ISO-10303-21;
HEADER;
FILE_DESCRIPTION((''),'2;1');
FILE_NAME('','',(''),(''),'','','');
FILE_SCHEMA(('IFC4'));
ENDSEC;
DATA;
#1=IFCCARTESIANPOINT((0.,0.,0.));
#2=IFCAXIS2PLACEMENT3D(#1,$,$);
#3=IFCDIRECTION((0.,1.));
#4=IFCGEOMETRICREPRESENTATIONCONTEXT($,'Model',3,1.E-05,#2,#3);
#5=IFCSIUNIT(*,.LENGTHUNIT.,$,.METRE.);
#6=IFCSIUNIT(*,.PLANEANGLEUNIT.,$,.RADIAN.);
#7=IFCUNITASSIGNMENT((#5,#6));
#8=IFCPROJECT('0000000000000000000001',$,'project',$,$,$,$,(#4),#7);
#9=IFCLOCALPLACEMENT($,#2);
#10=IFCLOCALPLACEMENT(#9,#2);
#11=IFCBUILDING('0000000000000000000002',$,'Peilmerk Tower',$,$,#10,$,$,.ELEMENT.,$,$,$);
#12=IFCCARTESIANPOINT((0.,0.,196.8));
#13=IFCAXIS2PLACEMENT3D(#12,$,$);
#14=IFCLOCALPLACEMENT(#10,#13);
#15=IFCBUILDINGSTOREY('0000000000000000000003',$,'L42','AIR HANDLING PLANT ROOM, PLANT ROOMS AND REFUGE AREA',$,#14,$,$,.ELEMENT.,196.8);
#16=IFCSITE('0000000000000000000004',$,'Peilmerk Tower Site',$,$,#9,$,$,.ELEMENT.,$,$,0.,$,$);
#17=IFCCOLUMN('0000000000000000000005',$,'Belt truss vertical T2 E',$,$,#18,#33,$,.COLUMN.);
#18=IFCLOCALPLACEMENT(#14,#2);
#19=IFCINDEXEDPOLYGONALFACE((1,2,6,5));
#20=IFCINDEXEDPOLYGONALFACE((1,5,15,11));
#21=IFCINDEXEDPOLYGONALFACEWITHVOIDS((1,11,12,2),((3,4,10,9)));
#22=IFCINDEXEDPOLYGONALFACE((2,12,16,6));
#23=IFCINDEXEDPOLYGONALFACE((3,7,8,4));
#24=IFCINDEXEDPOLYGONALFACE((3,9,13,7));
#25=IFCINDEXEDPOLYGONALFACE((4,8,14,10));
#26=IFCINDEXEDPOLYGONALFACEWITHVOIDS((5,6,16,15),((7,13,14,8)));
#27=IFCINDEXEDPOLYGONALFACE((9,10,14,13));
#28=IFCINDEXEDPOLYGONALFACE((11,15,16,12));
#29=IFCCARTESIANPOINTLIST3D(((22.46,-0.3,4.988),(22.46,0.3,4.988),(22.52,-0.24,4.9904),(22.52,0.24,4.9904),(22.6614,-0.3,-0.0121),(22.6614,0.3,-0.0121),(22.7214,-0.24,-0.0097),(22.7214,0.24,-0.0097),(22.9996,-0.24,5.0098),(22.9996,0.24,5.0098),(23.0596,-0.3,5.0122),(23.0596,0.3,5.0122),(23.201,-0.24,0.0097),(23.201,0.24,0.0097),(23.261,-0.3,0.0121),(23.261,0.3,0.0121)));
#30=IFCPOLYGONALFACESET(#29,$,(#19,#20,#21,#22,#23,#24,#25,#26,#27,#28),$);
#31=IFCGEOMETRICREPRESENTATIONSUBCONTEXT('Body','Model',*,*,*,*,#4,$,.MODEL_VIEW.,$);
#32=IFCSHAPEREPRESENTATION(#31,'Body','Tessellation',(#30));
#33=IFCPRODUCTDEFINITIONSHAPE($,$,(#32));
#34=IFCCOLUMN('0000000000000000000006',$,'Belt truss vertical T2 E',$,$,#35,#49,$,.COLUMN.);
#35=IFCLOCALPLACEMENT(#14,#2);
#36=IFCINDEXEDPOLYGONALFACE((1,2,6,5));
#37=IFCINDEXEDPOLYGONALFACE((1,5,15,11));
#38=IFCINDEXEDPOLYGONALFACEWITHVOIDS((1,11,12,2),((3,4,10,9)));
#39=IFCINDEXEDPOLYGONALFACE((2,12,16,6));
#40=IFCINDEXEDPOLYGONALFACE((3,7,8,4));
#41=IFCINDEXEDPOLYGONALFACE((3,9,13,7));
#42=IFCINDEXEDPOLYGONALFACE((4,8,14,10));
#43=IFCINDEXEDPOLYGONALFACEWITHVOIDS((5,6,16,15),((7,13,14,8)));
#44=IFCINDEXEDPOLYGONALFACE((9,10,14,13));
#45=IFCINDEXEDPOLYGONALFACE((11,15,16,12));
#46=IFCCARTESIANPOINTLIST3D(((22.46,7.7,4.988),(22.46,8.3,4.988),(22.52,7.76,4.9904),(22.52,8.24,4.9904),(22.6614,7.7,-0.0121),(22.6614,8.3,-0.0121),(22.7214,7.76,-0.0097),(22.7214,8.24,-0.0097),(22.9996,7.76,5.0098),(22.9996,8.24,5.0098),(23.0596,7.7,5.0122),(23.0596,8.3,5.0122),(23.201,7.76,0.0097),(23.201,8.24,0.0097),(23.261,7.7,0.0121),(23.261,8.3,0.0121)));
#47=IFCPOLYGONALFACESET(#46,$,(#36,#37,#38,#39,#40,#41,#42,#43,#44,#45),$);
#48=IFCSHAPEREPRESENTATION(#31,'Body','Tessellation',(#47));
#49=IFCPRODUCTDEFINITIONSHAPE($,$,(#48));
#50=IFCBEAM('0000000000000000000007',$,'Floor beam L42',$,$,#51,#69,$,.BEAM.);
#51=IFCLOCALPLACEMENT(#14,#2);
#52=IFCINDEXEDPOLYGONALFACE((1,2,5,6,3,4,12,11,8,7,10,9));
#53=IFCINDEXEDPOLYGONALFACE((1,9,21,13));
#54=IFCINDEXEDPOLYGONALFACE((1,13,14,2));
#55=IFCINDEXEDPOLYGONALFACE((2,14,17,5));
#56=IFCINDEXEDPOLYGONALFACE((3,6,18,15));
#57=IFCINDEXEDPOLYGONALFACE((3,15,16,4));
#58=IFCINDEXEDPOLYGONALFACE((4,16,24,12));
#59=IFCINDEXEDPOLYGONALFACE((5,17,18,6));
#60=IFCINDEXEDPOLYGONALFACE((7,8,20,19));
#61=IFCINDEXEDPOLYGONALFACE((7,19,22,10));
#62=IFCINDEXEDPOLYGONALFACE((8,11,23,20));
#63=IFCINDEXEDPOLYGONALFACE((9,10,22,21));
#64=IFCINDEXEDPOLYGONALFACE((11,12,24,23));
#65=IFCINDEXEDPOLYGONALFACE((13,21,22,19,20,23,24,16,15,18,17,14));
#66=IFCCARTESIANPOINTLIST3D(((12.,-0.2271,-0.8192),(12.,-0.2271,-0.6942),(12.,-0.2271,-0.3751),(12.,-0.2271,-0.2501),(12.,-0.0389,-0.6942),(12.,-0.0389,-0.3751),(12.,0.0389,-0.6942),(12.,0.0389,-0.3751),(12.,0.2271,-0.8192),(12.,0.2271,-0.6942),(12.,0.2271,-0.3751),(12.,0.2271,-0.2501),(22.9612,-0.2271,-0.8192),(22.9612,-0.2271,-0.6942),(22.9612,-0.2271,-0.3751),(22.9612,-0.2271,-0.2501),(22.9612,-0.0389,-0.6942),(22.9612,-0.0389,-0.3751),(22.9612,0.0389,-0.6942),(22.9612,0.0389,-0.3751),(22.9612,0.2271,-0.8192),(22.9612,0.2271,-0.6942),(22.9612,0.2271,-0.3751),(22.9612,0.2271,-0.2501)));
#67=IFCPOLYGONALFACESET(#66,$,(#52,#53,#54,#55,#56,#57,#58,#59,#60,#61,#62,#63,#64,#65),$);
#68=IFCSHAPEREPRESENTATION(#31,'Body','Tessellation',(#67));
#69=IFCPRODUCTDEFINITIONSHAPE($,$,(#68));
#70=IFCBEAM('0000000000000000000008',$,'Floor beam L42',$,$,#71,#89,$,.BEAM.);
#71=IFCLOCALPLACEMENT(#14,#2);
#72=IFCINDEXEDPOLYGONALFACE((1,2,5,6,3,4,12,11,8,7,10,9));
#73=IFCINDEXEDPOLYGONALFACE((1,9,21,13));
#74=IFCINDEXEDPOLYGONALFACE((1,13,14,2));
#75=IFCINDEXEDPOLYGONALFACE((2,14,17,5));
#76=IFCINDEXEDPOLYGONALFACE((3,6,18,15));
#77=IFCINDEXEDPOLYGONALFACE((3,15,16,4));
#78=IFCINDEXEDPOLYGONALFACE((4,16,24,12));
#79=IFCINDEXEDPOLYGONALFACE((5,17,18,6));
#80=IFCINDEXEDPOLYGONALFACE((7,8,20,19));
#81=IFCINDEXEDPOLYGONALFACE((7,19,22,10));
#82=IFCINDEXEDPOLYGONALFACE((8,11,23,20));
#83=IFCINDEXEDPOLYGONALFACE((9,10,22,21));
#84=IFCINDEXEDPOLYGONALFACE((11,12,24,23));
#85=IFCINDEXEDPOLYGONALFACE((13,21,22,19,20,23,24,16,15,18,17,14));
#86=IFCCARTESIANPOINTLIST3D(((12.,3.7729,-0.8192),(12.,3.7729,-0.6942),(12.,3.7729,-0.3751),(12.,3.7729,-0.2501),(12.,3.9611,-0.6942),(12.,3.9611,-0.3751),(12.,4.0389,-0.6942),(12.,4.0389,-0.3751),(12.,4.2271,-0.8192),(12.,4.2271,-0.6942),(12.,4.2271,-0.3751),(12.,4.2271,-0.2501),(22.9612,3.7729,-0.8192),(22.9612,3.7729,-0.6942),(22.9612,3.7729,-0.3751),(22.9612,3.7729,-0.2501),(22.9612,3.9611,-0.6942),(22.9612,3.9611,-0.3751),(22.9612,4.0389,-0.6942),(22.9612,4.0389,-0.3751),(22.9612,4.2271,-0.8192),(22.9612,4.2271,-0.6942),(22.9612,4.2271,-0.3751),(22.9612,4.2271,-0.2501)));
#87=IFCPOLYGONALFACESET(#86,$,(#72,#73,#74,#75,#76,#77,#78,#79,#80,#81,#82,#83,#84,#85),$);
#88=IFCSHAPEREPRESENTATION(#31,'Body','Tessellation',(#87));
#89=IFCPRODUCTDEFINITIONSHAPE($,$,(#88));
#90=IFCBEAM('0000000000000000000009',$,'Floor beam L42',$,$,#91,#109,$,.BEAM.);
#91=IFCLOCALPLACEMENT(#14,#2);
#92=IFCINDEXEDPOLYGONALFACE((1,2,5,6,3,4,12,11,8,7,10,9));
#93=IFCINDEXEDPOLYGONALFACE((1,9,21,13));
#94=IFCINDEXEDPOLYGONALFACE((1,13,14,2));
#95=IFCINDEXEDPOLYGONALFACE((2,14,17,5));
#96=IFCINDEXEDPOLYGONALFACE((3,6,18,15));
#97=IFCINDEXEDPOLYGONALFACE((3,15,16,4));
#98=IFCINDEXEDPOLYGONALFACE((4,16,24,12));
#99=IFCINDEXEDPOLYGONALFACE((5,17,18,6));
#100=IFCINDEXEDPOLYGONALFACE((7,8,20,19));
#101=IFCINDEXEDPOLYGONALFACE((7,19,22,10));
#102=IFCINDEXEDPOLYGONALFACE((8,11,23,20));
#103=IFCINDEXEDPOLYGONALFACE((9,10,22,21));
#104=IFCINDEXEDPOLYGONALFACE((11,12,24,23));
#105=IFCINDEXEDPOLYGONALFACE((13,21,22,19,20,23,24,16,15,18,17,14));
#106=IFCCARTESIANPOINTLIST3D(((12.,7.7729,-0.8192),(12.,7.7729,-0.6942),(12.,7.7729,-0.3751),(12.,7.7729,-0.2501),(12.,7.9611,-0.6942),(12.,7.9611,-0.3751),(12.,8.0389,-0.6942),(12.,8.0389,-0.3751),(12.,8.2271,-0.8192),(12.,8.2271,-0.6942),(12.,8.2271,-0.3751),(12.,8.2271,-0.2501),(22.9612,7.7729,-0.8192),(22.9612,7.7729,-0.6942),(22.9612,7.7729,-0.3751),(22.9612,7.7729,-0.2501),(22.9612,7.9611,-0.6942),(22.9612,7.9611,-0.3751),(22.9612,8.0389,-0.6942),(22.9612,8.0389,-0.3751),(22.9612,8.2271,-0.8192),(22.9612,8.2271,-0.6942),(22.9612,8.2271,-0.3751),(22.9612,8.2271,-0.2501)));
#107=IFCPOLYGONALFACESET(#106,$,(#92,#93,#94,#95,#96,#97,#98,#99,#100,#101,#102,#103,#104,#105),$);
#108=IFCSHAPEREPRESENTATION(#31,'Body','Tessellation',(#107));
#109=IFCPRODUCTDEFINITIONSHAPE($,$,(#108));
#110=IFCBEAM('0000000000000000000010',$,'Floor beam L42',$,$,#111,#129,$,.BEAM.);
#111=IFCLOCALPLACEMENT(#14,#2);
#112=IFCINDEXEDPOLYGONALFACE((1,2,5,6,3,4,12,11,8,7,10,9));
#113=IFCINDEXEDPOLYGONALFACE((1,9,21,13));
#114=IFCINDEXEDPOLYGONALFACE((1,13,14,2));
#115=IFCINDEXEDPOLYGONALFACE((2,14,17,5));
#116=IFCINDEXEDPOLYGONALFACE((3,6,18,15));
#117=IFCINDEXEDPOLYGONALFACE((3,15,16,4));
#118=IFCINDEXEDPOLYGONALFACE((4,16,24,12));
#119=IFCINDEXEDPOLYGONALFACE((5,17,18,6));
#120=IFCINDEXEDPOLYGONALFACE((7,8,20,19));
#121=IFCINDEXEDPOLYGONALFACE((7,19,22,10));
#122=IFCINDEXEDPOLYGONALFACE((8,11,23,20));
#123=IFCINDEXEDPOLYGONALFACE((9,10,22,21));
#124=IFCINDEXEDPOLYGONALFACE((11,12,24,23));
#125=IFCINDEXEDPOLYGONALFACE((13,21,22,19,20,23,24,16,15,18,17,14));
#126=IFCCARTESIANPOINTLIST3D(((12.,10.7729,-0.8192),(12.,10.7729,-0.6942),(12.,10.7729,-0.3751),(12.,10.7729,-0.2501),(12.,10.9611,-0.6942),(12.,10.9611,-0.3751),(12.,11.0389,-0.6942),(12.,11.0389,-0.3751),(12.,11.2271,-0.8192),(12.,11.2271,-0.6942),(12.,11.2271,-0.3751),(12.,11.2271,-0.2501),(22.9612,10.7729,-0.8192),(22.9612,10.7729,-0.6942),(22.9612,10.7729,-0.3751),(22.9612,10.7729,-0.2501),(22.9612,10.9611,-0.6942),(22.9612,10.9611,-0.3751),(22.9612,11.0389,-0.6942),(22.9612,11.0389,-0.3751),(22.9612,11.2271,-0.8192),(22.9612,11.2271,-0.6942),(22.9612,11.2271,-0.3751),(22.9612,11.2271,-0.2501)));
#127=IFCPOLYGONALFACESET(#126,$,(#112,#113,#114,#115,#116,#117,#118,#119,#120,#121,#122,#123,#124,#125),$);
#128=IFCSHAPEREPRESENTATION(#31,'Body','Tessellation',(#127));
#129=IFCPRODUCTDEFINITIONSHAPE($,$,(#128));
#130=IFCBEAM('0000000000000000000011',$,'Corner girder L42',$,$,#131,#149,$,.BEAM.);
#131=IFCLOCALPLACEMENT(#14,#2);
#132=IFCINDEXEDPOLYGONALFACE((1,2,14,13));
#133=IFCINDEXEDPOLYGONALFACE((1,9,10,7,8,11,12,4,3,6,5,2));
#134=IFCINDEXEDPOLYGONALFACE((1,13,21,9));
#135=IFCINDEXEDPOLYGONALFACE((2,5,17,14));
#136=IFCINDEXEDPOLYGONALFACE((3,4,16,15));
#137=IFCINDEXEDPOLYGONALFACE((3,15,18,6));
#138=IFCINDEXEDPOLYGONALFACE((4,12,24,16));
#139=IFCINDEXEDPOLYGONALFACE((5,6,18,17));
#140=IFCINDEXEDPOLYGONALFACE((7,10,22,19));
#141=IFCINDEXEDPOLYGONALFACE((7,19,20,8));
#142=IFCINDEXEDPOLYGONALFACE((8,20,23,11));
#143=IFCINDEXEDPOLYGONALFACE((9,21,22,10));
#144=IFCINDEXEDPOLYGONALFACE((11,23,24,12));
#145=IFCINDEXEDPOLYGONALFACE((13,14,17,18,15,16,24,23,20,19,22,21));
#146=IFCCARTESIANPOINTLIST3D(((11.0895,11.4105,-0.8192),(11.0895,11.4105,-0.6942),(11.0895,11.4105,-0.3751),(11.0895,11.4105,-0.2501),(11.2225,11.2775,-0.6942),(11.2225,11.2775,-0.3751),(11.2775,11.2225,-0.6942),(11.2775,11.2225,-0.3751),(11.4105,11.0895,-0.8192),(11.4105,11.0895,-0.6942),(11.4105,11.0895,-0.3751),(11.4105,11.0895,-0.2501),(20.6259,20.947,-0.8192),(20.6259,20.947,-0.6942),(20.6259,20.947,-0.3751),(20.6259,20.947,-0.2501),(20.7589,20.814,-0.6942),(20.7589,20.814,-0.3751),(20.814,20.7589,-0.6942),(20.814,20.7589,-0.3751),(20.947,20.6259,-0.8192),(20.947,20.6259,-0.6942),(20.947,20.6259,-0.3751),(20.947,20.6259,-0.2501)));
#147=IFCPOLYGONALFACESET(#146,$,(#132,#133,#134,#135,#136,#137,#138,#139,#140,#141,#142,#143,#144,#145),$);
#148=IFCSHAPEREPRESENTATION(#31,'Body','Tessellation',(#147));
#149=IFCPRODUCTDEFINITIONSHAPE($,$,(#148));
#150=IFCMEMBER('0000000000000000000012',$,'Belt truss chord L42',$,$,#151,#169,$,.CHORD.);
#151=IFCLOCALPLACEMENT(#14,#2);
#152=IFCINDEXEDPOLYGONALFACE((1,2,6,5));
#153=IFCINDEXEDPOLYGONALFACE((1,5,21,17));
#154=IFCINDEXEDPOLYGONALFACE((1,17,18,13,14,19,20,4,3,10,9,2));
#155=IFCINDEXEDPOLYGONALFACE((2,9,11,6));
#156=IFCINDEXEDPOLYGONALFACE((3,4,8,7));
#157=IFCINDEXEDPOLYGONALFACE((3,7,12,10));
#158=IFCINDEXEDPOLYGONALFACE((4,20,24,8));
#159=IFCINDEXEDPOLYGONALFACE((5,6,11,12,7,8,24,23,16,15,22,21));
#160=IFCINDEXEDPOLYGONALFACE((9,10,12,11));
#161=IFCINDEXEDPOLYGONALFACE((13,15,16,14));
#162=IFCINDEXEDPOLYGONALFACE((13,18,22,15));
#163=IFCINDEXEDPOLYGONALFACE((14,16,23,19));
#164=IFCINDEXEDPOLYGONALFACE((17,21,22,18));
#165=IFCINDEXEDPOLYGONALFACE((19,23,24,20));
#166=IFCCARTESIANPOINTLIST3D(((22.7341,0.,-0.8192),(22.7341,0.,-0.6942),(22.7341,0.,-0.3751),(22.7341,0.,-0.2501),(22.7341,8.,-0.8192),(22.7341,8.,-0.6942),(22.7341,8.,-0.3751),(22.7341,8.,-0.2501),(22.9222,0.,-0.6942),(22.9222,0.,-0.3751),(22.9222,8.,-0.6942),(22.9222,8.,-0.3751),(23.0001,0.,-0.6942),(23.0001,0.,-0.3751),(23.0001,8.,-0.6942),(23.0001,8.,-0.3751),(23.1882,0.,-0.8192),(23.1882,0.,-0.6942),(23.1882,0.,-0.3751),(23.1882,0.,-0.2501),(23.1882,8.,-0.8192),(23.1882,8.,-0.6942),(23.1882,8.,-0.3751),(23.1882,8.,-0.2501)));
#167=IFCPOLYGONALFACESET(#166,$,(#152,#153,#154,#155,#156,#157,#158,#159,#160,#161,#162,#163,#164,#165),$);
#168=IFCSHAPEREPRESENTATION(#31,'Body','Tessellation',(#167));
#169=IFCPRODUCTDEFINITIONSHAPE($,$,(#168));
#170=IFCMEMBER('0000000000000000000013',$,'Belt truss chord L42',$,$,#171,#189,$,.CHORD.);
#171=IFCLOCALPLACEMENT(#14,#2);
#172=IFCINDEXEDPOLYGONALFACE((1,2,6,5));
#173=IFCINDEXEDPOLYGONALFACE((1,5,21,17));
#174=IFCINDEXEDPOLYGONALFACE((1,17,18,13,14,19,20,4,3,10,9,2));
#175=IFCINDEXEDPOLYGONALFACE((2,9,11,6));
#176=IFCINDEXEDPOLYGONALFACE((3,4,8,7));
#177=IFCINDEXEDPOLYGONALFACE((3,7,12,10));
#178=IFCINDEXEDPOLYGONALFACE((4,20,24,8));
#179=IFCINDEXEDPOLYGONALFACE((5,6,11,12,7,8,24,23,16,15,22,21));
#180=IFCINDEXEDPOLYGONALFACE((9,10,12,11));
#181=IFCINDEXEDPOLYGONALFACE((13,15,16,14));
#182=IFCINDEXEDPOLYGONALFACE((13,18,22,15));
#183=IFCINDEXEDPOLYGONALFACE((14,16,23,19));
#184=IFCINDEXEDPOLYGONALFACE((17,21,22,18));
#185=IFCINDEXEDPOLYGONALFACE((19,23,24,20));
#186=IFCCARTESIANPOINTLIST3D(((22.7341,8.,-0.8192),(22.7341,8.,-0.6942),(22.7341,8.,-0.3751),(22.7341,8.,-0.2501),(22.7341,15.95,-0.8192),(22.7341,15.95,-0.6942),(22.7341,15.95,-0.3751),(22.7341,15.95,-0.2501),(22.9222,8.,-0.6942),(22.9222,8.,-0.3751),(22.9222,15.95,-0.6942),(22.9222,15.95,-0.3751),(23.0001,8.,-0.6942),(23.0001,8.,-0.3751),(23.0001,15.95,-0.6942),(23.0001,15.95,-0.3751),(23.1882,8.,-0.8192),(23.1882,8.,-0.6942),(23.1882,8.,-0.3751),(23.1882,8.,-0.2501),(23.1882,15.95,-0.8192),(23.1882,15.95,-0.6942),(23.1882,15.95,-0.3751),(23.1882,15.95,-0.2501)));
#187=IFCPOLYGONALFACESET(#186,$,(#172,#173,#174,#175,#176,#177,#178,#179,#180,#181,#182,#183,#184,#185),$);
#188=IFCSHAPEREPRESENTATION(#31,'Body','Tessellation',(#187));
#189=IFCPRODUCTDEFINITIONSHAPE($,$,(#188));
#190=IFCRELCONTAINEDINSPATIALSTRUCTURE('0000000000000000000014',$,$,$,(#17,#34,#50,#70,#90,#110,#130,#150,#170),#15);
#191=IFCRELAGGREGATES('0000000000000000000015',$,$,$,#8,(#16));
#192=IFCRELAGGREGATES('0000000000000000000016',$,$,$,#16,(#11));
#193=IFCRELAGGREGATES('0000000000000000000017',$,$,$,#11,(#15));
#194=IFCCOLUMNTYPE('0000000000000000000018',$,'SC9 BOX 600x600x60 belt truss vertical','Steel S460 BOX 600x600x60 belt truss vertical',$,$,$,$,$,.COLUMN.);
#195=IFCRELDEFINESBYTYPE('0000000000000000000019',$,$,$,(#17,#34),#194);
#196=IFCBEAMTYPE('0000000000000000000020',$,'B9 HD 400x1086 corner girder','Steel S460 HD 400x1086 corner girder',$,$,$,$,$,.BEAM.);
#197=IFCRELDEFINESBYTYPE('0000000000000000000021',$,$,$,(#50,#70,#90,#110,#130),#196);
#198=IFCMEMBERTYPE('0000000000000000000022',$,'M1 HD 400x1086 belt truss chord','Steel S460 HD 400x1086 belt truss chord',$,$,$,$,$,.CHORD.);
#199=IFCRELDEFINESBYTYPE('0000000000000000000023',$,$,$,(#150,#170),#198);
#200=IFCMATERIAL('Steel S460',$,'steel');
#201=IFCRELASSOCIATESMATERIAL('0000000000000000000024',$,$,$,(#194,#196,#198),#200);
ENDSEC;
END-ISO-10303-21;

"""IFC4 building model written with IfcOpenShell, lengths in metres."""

from ifc_helpers import new_model, si_unit, direction, frame, origin, origin_2d, place, context, subcontext, project, spatial, hollow_rectangle, i_section, extrude, material, material_profile, profile_set, type_object, element, save


model = new_model("IFC4")

# Units and contexts
model_context = context("Model", 3, precision=1e-05, world=origin(), true_north=direction((0.0, 1.0)))
body_context = subcontext(model_context, "Body", "Model", "MODEL_VIEW")
ifc_project = project(units=[si_unit("LENGTHUNIT", "METRE"), si_unit("PLANEANGLEUNIT", "RADIAN")], contexts=[model_context])

# Site, building, storey
site_placement = place(None, origin())
site = spatial("IfcSite", under=ifc_project, at=site_placement, Name="Peilmerk Tower Site", CompositionType="ELEMENT", RefElevation=0.0)
building_placement = place(site_placement, origin())
building = spatial("IfcBuilding", under=site, at=building_placement, Name="Peilmerk Tower", CompositionType="ELEMENT")
storey_placement = place(building_placement, frame((0.0, 0.0, 196.8)))
storey = spatial("IfcBuildingStorey", under=building, at=storey_placement, Name="L42", Description="AIR HANDLING PLANT ROOM, PLANT ROOMS AND REFUGE AREA", CompositionType="ELEMENT", Elevation=196.8)

# Columns
ifc_material_1 = material(Name="Steel S460", Category="steel")
ifc_material_profile_1 = material_profile(ifc_material_1, hollow_rectangle(XDim=0.6001, YDim=0.6001, WallThickness=0.0601, at=origin_2d()), Name="BOX 600x600x60")
ifc_profile_set_1 = profile_set([ifc_material_profile_1], Name="Steel S460")
column_type = type_object("IfcColumnType", Name="SC9 BOX 600x600x60 belt truss vertical", Description="Steel S460 BOX 600x600x60 belt truss vertical", PredefinedType="COLUMN", material=ifc_profile_set_1)
for number, where, z_axis, x_axis, name in (
    (1, (22.9612, 0.0, 0.0), (-0.040251, 0.0, 0.99919), (0.0, -1.0, 0.0), "Belt truss vertical T2 E"),
    (2, (22.9612, 8.0, 0.0), (-0.040251, 0.0, 0.99919), (0.0, -1.0, 0.0), "Belt truss vertical T2 E"),
):
    element("IfcColumn", number, at=place(storey_placement, frame(where, z_axis=z_axis, x_axis=x_axis)), inside=storey, type_object=column_type, Name=name, PredefinedType="COLUMN", context=body_context, shape_type="SweptSolid", body=[
        extrude(hollow_rectangle(XDim=0.6001, YDim=0.6001, WallThickness=0.0601, at=origin_2d()), origin(), (0.0, 0.0, 1.0), 5.0042),
    ])

# Beams
ifc_material_profile_2 = material_profile(ifc_material_1, i_section(OverallWidth=0.4541, OverallDepth=0.5691, WebThickness=0.0779, FlangeThickness=0.125, at=origin_2d()), Name="HD 400x1086")
ifc_profile_set_2 = profile_set([ifc_material_profile_2], Name="Steel S460")
beam_type = type_object("IfcBeamType", Name="B9 HD 400x1086 corner girder", Description="Steel S460 HD 400x1086 corner girder", PredefinedType="BEAM", material=ifc_profile_set_2)
for number, where, z_axis, x_axis, name in (
    (3, (12.0, 0.0, -0.5347), (1.0, 0.0, 0.0), (0.0, 1.0, 0.0), "Floor beam L42"),
    (4, (12.0, 4.0, -0.5347), (1.0, 0.0, 0.0), (0.0, 1.0, 0.0), "Floor beam L42"),
    (5, (12.0, 8.0, -0.5347), (1.0, 0.0, 0.0), (0.0, 1.0, 0.0), "Floor beam L42"),
    (6, (12.0, 11.0, -0.5347), (1.0, 0.0, 0.0), (0.0, 1.0, 0.0), "Floor beam L42"),
):
    element("IfcBeam", number, at=place(storey_placement, frame(where, z_axis=z_axis, x_axis=x_axis)), inside=storey, type_object=beam_type, Name=name, PredefinedType="BEAM", context=body_context, shape_type="SweptSolid", body=[
        extrude(i_section(OverallWidth=0.4541, OverallDepth=0.5691, WebThickness=0.0779, FlangeThickness=0.125, at=origin_2d()), origin(), (0.0, 0.0, 1.0), 10.9612),
    ])
beam_placement = place(storey_placement, frame((11.25, 11.25, -0.5347), z_axis=(0.707107, 0.707107, 0.0), x_axis=(-0.707107, 0.707107, 0.0)))
element("IfcBeam", 7, at=beam_placement, inside=storey, type_object=beam_type, Name="Corner girder L42", PredefinedType="BEAM", context=body_context, shape_type="SweptSolid", body=[
    extrude(i_section(OverallWidth=0.4541, OverallDepth=0.5691, WebThickness=0.0779, FlangeThickness=0.125, at=origin_2d()), origin(), (0.0, 0.0, 1.0), 13.4866),
])

# Members
ifc_material_profile_3 = material_profile(ifc_material_1, i_section(OverallWidth=0.4541, OverallDepth=0.5691, WebThickness=0.0779, FlangeThickness=0.125, at=origin_2d()), Name="HD 400x1086")
ifc_profile_set_3 = profile_set([ifc_material_profile_3], Name="Steel S460")
member_type_1 = type_object("IfcMemberType", Name="M1 HD 400x1086 belt truss chord", Description="Steel S460 HD 400x1086 belt truss chord", PredefinedType="CHORD", material=ifc_profile_set_3)
member_1_placement = place(storey_placement, frame((22.9612, 0.0, -0.5347), z_axis=(0.0, 1.0, 0.0), x_axis=(-1.0, 0.0, 0.0)))
element("IfcMember", 8, at=member_1_placement, inside=storey, type_object=member_type_1, Name="Belt truss chord L42", PredefinedType="CHORD", context=body_context, shape_type="SweptSolid", body=[
    extrude(i_section(OverallWidth=0.4541, OverallDepth=0.5691, WebThickness=0.0779, FlangeThickness=0.125, at=origin_2d()), origin(), (0.0, 0.0, 1.0), 8.0),
])
member_2_placement = place(storey_placement, frame((22.9612, 8.0, -0.5347), z_axis=(0.0, 1.0, 0.0), x_axis=(-1.0, 0.0, 0.0)))
element("IfcMember", 9, at=member_2_placement, inside=storey, type_object=member_type_1, Name="Belt truss chord L42", PredefinedType="CHORD", context=body_context, shape_type="SweptSolid", body=[
    extrude(i_section(OverallWidth=0.4541, OverallDepth=0.5691, WebThickness=0.0779, FlangeThickness=0.125, at=origin_2d()), origin(), (0.0, 0.0, 1.0), 7.95),
])

save(model, "model.ifc")
